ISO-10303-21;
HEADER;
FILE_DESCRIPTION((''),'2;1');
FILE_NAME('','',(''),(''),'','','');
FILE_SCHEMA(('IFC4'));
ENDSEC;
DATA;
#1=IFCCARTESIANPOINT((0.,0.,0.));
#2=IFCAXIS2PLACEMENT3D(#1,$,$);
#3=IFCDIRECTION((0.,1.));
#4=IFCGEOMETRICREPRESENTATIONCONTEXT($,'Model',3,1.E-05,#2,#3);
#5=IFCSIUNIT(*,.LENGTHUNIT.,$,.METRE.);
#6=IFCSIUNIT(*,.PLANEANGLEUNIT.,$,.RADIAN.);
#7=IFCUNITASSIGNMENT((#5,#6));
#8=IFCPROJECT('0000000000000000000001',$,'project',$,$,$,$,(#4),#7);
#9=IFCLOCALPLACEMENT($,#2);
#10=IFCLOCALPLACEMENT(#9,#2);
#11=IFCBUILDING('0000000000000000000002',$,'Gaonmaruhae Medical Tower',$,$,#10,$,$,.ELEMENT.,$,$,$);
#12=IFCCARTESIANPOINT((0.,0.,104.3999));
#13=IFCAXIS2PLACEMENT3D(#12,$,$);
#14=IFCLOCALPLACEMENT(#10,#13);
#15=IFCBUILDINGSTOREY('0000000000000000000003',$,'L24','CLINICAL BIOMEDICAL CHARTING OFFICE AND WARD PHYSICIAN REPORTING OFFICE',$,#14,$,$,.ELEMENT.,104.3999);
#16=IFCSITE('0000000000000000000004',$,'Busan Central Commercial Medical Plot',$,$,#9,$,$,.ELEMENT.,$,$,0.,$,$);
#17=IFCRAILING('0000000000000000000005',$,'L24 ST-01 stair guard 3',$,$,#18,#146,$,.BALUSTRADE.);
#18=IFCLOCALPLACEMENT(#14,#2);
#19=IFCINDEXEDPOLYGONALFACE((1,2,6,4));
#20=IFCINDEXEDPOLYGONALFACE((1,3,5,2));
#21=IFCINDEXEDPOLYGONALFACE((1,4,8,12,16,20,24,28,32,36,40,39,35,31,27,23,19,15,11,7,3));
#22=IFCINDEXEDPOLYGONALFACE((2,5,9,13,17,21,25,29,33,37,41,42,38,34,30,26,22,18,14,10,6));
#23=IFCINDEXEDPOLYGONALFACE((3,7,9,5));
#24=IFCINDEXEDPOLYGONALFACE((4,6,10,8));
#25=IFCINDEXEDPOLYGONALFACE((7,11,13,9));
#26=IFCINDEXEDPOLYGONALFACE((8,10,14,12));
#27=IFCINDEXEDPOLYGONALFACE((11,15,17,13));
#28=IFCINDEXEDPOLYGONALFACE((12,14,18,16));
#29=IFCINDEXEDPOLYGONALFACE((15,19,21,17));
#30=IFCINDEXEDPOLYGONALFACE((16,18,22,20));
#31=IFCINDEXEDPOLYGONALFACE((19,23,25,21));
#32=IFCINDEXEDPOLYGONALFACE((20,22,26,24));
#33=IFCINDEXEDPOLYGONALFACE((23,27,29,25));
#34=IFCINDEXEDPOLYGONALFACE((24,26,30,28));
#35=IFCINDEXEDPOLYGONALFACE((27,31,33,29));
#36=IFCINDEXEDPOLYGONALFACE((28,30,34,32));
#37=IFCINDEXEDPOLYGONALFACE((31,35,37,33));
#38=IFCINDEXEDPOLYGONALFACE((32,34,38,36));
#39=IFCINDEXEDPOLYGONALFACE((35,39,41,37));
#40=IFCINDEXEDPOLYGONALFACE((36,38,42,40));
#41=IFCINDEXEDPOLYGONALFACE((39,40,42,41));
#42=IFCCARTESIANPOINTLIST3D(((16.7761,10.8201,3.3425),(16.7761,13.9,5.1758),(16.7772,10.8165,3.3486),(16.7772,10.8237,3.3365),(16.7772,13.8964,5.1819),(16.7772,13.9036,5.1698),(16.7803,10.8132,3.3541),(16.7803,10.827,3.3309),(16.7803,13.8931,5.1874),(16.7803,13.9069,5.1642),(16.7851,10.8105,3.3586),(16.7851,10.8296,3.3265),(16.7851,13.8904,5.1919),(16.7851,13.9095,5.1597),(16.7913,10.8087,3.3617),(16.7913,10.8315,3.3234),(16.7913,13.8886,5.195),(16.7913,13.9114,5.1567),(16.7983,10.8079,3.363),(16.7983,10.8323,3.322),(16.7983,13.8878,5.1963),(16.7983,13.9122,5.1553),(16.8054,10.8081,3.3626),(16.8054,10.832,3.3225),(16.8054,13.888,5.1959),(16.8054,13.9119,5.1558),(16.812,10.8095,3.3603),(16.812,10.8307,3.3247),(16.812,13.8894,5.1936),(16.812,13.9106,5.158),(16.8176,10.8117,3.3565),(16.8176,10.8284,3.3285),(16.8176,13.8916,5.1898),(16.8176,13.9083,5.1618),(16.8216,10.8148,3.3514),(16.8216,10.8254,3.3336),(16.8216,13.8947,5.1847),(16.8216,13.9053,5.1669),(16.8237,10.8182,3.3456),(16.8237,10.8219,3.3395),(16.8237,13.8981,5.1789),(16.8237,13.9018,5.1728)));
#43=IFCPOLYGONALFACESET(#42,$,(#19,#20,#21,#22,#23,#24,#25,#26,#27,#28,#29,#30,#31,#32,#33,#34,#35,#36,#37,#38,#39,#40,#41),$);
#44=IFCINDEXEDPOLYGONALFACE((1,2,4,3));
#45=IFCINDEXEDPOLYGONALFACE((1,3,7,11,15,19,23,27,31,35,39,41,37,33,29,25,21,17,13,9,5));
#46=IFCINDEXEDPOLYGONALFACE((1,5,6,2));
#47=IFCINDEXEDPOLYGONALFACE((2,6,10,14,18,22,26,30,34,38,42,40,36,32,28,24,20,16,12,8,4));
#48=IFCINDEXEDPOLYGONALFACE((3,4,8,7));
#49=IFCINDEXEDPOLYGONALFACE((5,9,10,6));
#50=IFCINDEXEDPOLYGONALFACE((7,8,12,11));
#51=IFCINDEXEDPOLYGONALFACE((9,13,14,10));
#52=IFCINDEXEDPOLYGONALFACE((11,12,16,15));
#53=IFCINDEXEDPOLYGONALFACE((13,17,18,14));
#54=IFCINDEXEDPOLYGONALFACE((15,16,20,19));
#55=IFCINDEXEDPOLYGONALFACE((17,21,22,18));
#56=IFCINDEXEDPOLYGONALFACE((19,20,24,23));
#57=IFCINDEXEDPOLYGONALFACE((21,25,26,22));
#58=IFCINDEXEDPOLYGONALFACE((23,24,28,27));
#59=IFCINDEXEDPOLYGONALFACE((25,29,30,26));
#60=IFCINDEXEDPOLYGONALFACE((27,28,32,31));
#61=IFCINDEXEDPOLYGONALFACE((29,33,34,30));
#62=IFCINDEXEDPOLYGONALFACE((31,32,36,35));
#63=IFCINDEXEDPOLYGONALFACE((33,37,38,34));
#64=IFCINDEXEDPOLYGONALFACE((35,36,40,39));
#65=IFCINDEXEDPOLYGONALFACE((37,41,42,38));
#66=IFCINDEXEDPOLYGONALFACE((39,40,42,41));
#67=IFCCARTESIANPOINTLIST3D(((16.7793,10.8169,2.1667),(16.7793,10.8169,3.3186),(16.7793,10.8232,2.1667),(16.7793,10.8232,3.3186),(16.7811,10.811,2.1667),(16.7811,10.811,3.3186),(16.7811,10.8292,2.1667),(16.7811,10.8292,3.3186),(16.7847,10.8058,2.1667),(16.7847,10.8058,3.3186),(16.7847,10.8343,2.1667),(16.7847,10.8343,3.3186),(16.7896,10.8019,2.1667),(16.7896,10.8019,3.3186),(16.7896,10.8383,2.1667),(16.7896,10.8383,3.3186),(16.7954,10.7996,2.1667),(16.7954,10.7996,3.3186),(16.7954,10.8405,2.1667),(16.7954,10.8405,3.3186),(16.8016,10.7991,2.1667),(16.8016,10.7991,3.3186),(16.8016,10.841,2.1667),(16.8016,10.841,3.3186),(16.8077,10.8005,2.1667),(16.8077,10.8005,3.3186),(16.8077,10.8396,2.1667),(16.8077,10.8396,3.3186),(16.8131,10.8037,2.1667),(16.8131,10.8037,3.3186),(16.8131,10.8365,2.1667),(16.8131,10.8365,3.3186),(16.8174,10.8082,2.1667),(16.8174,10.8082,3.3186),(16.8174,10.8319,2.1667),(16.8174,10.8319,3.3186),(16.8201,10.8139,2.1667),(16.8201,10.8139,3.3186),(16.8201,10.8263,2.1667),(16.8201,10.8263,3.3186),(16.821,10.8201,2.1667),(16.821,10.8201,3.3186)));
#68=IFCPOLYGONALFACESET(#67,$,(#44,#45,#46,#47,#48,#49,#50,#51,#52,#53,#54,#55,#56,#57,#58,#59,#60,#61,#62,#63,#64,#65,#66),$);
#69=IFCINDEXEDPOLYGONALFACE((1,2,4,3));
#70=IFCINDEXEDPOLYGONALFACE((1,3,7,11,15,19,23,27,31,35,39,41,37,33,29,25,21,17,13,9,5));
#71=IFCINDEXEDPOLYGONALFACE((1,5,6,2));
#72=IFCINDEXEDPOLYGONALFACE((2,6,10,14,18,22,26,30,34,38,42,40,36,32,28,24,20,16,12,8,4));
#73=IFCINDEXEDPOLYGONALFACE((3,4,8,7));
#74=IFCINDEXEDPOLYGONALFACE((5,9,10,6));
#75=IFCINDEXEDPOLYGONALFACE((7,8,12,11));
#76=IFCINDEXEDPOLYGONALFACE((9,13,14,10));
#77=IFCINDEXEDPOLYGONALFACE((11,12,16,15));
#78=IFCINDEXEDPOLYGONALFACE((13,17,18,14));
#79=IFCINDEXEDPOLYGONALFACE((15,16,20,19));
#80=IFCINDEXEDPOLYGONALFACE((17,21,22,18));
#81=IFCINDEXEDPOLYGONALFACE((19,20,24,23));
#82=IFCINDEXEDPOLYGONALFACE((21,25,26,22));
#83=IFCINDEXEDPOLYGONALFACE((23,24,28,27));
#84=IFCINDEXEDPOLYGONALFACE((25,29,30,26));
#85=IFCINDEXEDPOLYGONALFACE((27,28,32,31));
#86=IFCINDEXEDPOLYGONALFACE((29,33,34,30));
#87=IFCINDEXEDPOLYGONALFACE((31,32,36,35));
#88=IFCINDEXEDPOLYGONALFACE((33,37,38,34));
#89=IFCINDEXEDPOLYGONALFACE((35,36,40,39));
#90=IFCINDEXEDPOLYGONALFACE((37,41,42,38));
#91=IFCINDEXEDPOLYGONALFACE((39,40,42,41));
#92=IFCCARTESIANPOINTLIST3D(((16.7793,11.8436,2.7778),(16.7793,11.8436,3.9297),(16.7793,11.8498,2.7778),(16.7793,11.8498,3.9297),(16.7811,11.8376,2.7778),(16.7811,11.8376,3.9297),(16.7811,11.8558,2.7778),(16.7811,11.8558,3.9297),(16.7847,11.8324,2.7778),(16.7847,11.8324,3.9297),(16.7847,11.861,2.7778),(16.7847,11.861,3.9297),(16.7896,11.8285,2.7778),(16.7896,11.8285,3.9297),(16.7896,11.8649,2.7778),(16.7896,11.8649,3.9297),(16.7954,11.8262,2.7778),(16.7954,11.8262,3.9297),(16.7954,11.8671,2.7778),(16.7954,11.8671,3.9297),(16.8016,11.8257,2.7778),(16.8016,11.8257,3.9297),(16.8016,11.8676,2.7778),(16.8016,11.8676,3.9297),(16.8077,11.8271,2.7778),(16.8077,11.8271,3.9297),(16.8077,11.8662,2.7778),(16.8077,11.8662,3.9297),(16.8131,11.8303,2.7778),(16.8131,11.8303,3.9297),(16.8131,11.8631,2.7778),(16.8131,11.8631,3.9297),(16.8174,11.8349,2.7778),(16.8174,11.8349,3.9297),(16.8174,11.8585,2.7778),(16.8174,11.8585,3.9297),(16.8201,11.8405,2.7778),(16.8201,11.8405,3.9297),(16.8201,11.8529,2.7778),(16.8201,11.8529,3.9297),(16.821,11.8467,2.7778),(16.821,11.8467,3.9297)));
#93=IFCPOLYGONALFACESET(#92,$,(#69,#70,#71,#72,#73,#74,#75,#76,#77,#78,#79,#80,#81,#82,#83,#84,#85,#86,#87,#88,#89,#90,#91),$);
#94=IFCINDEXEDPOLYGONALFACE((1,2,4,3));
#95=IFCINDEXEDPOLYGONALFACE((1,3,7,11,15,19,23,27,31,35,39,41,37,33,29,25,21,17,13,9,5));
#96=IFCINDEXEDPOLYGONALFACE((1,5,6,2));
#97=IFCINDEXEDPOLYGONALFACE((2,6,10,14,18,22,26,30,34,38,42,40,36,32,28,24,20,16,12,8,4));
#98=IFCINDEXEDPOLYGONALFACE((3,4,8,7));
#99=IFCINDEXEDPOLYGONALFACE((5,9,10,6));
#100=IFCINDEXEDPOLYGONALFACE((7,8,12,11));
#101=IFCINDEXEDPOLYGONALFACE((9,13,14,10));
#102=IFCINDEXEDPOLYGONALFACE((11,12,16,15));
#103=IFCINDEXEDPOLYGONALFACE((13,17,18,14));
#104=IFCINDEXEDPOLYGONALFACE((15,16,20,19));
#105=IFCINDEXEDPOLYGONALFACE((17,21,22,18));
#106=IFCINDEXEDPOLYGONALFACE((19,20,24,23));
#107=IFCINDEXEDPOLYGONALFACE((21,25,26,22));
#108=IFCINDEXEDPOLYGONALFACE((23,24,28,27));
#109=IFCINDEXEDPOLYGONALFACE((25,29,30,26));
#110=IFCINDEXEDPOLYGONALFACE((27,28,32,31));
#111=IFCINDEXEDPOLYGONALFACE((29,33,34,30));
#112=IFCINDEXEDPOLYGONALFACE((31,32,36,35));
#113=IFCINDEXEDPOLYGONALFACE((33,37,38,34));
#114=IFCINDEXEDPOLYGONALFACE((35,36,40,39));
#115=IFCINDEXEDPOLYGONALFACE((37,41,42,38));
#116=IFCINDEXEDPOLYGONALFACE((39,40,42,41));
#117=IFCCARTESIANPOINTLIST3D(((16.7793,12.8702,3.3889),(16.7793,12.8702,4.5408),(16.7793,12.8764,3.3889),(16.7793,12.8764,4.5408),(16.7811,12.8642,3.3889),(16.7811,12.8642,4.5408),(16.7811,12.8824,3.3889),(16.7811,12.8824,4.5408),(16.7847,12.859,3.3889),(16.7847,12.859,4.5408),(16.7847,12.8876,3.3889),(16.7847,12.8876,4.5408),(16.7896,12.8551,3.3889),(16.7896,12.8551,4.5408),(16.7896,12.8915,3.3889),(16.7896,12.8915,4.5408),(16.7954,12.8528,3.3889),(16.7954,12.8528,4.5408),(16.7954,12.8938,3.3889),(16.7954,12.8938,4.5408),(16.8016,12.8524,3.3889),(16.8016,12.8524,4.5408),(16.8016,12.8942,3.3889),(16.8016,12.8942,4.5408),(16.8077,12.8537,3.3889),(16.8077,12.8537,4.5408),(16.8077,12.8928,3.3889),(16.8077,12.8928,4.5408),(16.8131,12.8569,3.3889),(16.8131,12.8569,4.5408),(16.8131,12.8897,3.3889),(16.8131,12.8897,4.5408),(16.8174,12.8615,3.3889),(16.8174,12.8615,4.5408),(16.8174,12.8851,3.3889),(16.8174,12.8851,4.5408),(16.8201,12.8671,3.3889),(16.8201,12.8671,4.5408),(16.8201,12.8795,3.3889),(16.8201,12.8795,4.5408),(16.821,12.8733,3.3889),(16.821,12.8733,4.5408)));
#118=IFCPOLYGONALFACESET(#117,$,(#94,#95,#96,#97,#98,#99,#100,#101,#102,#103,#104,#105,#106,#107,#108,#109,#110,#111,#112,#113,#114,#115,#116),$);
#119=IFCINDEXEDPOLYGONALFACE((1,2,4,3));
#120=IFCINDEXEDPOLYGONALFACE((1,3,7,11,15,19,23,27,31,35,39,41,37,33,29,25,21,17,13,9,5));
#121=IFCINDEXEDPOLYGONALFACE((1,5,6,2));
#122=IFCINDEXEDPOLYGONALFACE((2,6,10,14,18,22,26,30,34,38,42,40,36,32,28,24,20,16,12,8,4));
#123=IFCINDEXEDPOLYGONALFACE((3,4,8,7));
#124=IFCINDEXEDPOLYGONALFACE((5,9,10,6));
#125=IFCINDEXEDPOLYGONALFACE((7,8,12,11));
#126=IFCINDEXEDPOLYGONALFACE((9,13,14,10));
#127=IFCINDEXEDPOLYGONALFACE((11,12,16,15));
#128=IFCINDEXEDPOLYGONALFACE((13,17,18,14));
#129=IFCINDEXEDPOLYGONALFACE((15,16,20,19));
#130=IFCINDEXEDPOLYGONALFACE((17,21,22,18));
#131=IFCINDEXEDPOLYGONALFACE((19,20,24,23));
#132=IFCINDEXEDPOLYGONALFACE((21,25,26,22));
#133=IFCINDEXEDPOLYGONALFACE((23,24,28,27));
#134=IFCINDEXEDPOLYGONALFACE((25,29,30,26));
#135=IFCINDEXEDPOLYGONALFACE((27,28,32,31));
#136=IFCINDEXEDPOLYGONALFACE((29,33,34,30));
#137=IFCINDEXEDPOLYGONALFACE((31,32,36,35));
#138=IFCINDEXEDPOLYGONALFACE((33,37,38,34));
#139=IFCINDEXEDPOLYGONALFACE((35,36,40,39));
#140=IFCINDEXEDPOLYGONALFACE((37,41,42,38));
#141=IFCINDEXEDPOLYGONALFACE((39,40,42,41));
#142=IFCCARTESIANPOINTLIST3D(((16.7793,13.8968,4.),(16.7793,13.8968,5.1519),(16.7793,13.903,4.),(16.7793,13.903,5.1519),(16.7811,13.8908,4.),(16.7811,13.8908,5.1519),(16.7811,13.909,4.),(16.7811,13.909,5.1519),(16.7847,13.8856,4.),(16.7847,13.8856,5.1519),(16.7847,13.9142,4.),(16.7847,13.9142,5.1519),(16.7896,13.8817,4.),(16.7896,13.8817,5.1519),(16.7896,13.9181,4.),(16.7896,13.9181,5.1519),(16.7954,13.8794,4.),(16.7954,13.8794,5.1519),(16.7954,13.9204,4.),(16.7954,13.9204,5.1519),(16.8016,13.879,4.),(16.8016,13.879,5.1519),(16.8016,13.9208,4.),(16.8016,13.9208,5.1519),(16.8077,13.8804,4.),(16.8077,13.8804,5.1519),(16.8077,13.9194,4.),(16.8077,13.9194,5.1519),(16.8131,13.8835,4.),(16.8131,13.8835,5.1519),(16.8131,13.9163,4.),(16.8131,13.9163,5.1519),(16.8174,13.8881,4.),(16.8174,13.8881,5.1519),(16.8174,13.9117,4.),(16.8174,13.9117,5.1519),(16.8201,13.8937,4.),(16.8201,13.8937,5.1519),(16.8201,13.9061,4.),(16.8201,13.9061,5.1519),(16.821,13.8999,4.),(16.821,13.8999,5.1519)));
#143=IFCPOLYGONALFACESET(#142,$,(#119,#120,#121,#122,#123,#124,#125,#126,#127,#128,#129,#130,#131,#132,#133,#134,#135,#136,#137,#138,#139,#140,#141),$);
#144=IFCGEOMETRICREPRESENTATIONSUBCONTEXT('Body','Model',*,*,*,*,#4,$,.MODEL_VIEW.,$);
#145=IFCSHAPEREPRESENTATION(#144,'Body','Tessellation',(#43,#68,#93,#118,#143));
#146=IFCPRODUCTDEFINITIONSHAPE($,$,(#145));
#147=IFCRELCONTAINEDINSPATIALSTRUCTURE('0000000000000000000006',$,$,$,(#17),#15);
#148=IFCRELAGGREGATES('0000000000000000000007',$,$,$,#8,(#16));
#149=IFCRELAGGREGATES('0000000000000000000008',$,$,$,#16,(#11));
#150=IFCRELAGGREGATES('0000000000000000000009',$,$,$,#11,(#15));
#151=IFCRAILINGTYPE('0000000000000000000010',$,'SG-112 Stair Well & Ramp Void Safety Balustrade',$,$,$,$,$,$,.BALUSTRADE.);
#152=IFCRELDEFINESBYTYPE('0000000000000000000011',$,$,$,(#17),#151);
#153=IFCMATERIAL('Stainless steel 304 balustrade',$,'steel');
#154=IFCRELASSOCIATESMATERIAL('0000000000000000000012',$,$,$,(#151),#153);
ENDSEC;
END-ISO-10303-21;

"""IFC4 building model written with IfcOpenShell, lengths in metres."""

from ifc_helpers import new_model, si_unit, direction, frame, origin, origin_2d, place, context, subcontext, project, spatial, circle, extrude, material, type_object, element, save


model = new_model("IFC4")

# Units and contexts
model_context = context("Model", 3, precision=1e-05, world=origin(), true_north=direction((0.0, 1.0)))
body_context = subcontext(model_context, "Body", "Model", "MODEL_VIEW")
ifc_project = project(units=[si_unit("LENGTHUNIT", "METRE"), si_unit("PLANEANGLEUNIT", "RADIAN")], contexts=[model_context])

# Site, building, storey
site_placement = place(None, origin())
site = spatial("IfcSite", under=ifc_project, at=site_placement, Name="Busan Central Commercial Medical Plot", CompositionType="ELEMENT", RefElevation=0.0)
building_placement = place(site_placement, origin())
building = spatial("IfcBuilding", under=site, at=building_placement, Name="Gaonmaruhae Medical Tower", CompositionType="ELEMENT")
storey_placement = place(building_placement, frame((0.0, 0.0, 104.3999)))
storey = spatial("IfcBuildingStorey", under=building, at=storey_placement, Name="L24", Description="CLINICAL BIOMEDICAL CHARTING OFFICE AND WARD PHYSICIAN REPORTING OFFICE", CompositionType="ELEMENT", Elevation=104.3999)

# Railing
ifc_material_1 = material(Name="Stainless steel 304 balustrade", Category="steel")
railing_type_1 = type_object("IfcRailingType", Name="SG-112 Stair Well & Ramp Void Safety Balustrade", PredefinedType="BALUSTRADE", material=ifc_material_1)
railing_1_placement = place(storey_placement, frame((16.8, 10.8201, 2.1667)))
element("IfcRailing", 1, at=railing_1_placement, inside=storey, type_object=railing_type_1, Name="L24 ST-01 stair guard 3", PredefinedType="BALUSTRADE", context=body_context, shape_type="SweptSolid", body=[
    extrude(circle(Radius=0.0239, at=origin_2d()), frame((0.0, 0.0, 1.1758), z_axis=(0.0, 0.859291, 0.511487), x_axis=(-1.0, 0.0, 0.0)), (0.0, 0.0, 1.0), 3.5842),
    extrude(circle(Radius=0.021, at=origin_2d()), origin(), (0.0, 0.0, 1.0), 1.1519),
    extrude(circle(Radius=0.021, at=origin_2d()), frame((0.0, 1.0266, 0.6111)), (0.0, 0.0, 1.0), 1.1519),
    extrude(circle(Radius=0.021, at=origin_2d()), frame((0.0, 2.0532, 1.2222)), (0.0, 0.0, 1.0), 1.1519),
    extrude(circle(Radius=0.021, at=origin_2d()), frame((0.0, 3.0798, 1.8333)), (0.0, 0.0, 1.0), 1.1519),
])

save(model, "model.ifc")
